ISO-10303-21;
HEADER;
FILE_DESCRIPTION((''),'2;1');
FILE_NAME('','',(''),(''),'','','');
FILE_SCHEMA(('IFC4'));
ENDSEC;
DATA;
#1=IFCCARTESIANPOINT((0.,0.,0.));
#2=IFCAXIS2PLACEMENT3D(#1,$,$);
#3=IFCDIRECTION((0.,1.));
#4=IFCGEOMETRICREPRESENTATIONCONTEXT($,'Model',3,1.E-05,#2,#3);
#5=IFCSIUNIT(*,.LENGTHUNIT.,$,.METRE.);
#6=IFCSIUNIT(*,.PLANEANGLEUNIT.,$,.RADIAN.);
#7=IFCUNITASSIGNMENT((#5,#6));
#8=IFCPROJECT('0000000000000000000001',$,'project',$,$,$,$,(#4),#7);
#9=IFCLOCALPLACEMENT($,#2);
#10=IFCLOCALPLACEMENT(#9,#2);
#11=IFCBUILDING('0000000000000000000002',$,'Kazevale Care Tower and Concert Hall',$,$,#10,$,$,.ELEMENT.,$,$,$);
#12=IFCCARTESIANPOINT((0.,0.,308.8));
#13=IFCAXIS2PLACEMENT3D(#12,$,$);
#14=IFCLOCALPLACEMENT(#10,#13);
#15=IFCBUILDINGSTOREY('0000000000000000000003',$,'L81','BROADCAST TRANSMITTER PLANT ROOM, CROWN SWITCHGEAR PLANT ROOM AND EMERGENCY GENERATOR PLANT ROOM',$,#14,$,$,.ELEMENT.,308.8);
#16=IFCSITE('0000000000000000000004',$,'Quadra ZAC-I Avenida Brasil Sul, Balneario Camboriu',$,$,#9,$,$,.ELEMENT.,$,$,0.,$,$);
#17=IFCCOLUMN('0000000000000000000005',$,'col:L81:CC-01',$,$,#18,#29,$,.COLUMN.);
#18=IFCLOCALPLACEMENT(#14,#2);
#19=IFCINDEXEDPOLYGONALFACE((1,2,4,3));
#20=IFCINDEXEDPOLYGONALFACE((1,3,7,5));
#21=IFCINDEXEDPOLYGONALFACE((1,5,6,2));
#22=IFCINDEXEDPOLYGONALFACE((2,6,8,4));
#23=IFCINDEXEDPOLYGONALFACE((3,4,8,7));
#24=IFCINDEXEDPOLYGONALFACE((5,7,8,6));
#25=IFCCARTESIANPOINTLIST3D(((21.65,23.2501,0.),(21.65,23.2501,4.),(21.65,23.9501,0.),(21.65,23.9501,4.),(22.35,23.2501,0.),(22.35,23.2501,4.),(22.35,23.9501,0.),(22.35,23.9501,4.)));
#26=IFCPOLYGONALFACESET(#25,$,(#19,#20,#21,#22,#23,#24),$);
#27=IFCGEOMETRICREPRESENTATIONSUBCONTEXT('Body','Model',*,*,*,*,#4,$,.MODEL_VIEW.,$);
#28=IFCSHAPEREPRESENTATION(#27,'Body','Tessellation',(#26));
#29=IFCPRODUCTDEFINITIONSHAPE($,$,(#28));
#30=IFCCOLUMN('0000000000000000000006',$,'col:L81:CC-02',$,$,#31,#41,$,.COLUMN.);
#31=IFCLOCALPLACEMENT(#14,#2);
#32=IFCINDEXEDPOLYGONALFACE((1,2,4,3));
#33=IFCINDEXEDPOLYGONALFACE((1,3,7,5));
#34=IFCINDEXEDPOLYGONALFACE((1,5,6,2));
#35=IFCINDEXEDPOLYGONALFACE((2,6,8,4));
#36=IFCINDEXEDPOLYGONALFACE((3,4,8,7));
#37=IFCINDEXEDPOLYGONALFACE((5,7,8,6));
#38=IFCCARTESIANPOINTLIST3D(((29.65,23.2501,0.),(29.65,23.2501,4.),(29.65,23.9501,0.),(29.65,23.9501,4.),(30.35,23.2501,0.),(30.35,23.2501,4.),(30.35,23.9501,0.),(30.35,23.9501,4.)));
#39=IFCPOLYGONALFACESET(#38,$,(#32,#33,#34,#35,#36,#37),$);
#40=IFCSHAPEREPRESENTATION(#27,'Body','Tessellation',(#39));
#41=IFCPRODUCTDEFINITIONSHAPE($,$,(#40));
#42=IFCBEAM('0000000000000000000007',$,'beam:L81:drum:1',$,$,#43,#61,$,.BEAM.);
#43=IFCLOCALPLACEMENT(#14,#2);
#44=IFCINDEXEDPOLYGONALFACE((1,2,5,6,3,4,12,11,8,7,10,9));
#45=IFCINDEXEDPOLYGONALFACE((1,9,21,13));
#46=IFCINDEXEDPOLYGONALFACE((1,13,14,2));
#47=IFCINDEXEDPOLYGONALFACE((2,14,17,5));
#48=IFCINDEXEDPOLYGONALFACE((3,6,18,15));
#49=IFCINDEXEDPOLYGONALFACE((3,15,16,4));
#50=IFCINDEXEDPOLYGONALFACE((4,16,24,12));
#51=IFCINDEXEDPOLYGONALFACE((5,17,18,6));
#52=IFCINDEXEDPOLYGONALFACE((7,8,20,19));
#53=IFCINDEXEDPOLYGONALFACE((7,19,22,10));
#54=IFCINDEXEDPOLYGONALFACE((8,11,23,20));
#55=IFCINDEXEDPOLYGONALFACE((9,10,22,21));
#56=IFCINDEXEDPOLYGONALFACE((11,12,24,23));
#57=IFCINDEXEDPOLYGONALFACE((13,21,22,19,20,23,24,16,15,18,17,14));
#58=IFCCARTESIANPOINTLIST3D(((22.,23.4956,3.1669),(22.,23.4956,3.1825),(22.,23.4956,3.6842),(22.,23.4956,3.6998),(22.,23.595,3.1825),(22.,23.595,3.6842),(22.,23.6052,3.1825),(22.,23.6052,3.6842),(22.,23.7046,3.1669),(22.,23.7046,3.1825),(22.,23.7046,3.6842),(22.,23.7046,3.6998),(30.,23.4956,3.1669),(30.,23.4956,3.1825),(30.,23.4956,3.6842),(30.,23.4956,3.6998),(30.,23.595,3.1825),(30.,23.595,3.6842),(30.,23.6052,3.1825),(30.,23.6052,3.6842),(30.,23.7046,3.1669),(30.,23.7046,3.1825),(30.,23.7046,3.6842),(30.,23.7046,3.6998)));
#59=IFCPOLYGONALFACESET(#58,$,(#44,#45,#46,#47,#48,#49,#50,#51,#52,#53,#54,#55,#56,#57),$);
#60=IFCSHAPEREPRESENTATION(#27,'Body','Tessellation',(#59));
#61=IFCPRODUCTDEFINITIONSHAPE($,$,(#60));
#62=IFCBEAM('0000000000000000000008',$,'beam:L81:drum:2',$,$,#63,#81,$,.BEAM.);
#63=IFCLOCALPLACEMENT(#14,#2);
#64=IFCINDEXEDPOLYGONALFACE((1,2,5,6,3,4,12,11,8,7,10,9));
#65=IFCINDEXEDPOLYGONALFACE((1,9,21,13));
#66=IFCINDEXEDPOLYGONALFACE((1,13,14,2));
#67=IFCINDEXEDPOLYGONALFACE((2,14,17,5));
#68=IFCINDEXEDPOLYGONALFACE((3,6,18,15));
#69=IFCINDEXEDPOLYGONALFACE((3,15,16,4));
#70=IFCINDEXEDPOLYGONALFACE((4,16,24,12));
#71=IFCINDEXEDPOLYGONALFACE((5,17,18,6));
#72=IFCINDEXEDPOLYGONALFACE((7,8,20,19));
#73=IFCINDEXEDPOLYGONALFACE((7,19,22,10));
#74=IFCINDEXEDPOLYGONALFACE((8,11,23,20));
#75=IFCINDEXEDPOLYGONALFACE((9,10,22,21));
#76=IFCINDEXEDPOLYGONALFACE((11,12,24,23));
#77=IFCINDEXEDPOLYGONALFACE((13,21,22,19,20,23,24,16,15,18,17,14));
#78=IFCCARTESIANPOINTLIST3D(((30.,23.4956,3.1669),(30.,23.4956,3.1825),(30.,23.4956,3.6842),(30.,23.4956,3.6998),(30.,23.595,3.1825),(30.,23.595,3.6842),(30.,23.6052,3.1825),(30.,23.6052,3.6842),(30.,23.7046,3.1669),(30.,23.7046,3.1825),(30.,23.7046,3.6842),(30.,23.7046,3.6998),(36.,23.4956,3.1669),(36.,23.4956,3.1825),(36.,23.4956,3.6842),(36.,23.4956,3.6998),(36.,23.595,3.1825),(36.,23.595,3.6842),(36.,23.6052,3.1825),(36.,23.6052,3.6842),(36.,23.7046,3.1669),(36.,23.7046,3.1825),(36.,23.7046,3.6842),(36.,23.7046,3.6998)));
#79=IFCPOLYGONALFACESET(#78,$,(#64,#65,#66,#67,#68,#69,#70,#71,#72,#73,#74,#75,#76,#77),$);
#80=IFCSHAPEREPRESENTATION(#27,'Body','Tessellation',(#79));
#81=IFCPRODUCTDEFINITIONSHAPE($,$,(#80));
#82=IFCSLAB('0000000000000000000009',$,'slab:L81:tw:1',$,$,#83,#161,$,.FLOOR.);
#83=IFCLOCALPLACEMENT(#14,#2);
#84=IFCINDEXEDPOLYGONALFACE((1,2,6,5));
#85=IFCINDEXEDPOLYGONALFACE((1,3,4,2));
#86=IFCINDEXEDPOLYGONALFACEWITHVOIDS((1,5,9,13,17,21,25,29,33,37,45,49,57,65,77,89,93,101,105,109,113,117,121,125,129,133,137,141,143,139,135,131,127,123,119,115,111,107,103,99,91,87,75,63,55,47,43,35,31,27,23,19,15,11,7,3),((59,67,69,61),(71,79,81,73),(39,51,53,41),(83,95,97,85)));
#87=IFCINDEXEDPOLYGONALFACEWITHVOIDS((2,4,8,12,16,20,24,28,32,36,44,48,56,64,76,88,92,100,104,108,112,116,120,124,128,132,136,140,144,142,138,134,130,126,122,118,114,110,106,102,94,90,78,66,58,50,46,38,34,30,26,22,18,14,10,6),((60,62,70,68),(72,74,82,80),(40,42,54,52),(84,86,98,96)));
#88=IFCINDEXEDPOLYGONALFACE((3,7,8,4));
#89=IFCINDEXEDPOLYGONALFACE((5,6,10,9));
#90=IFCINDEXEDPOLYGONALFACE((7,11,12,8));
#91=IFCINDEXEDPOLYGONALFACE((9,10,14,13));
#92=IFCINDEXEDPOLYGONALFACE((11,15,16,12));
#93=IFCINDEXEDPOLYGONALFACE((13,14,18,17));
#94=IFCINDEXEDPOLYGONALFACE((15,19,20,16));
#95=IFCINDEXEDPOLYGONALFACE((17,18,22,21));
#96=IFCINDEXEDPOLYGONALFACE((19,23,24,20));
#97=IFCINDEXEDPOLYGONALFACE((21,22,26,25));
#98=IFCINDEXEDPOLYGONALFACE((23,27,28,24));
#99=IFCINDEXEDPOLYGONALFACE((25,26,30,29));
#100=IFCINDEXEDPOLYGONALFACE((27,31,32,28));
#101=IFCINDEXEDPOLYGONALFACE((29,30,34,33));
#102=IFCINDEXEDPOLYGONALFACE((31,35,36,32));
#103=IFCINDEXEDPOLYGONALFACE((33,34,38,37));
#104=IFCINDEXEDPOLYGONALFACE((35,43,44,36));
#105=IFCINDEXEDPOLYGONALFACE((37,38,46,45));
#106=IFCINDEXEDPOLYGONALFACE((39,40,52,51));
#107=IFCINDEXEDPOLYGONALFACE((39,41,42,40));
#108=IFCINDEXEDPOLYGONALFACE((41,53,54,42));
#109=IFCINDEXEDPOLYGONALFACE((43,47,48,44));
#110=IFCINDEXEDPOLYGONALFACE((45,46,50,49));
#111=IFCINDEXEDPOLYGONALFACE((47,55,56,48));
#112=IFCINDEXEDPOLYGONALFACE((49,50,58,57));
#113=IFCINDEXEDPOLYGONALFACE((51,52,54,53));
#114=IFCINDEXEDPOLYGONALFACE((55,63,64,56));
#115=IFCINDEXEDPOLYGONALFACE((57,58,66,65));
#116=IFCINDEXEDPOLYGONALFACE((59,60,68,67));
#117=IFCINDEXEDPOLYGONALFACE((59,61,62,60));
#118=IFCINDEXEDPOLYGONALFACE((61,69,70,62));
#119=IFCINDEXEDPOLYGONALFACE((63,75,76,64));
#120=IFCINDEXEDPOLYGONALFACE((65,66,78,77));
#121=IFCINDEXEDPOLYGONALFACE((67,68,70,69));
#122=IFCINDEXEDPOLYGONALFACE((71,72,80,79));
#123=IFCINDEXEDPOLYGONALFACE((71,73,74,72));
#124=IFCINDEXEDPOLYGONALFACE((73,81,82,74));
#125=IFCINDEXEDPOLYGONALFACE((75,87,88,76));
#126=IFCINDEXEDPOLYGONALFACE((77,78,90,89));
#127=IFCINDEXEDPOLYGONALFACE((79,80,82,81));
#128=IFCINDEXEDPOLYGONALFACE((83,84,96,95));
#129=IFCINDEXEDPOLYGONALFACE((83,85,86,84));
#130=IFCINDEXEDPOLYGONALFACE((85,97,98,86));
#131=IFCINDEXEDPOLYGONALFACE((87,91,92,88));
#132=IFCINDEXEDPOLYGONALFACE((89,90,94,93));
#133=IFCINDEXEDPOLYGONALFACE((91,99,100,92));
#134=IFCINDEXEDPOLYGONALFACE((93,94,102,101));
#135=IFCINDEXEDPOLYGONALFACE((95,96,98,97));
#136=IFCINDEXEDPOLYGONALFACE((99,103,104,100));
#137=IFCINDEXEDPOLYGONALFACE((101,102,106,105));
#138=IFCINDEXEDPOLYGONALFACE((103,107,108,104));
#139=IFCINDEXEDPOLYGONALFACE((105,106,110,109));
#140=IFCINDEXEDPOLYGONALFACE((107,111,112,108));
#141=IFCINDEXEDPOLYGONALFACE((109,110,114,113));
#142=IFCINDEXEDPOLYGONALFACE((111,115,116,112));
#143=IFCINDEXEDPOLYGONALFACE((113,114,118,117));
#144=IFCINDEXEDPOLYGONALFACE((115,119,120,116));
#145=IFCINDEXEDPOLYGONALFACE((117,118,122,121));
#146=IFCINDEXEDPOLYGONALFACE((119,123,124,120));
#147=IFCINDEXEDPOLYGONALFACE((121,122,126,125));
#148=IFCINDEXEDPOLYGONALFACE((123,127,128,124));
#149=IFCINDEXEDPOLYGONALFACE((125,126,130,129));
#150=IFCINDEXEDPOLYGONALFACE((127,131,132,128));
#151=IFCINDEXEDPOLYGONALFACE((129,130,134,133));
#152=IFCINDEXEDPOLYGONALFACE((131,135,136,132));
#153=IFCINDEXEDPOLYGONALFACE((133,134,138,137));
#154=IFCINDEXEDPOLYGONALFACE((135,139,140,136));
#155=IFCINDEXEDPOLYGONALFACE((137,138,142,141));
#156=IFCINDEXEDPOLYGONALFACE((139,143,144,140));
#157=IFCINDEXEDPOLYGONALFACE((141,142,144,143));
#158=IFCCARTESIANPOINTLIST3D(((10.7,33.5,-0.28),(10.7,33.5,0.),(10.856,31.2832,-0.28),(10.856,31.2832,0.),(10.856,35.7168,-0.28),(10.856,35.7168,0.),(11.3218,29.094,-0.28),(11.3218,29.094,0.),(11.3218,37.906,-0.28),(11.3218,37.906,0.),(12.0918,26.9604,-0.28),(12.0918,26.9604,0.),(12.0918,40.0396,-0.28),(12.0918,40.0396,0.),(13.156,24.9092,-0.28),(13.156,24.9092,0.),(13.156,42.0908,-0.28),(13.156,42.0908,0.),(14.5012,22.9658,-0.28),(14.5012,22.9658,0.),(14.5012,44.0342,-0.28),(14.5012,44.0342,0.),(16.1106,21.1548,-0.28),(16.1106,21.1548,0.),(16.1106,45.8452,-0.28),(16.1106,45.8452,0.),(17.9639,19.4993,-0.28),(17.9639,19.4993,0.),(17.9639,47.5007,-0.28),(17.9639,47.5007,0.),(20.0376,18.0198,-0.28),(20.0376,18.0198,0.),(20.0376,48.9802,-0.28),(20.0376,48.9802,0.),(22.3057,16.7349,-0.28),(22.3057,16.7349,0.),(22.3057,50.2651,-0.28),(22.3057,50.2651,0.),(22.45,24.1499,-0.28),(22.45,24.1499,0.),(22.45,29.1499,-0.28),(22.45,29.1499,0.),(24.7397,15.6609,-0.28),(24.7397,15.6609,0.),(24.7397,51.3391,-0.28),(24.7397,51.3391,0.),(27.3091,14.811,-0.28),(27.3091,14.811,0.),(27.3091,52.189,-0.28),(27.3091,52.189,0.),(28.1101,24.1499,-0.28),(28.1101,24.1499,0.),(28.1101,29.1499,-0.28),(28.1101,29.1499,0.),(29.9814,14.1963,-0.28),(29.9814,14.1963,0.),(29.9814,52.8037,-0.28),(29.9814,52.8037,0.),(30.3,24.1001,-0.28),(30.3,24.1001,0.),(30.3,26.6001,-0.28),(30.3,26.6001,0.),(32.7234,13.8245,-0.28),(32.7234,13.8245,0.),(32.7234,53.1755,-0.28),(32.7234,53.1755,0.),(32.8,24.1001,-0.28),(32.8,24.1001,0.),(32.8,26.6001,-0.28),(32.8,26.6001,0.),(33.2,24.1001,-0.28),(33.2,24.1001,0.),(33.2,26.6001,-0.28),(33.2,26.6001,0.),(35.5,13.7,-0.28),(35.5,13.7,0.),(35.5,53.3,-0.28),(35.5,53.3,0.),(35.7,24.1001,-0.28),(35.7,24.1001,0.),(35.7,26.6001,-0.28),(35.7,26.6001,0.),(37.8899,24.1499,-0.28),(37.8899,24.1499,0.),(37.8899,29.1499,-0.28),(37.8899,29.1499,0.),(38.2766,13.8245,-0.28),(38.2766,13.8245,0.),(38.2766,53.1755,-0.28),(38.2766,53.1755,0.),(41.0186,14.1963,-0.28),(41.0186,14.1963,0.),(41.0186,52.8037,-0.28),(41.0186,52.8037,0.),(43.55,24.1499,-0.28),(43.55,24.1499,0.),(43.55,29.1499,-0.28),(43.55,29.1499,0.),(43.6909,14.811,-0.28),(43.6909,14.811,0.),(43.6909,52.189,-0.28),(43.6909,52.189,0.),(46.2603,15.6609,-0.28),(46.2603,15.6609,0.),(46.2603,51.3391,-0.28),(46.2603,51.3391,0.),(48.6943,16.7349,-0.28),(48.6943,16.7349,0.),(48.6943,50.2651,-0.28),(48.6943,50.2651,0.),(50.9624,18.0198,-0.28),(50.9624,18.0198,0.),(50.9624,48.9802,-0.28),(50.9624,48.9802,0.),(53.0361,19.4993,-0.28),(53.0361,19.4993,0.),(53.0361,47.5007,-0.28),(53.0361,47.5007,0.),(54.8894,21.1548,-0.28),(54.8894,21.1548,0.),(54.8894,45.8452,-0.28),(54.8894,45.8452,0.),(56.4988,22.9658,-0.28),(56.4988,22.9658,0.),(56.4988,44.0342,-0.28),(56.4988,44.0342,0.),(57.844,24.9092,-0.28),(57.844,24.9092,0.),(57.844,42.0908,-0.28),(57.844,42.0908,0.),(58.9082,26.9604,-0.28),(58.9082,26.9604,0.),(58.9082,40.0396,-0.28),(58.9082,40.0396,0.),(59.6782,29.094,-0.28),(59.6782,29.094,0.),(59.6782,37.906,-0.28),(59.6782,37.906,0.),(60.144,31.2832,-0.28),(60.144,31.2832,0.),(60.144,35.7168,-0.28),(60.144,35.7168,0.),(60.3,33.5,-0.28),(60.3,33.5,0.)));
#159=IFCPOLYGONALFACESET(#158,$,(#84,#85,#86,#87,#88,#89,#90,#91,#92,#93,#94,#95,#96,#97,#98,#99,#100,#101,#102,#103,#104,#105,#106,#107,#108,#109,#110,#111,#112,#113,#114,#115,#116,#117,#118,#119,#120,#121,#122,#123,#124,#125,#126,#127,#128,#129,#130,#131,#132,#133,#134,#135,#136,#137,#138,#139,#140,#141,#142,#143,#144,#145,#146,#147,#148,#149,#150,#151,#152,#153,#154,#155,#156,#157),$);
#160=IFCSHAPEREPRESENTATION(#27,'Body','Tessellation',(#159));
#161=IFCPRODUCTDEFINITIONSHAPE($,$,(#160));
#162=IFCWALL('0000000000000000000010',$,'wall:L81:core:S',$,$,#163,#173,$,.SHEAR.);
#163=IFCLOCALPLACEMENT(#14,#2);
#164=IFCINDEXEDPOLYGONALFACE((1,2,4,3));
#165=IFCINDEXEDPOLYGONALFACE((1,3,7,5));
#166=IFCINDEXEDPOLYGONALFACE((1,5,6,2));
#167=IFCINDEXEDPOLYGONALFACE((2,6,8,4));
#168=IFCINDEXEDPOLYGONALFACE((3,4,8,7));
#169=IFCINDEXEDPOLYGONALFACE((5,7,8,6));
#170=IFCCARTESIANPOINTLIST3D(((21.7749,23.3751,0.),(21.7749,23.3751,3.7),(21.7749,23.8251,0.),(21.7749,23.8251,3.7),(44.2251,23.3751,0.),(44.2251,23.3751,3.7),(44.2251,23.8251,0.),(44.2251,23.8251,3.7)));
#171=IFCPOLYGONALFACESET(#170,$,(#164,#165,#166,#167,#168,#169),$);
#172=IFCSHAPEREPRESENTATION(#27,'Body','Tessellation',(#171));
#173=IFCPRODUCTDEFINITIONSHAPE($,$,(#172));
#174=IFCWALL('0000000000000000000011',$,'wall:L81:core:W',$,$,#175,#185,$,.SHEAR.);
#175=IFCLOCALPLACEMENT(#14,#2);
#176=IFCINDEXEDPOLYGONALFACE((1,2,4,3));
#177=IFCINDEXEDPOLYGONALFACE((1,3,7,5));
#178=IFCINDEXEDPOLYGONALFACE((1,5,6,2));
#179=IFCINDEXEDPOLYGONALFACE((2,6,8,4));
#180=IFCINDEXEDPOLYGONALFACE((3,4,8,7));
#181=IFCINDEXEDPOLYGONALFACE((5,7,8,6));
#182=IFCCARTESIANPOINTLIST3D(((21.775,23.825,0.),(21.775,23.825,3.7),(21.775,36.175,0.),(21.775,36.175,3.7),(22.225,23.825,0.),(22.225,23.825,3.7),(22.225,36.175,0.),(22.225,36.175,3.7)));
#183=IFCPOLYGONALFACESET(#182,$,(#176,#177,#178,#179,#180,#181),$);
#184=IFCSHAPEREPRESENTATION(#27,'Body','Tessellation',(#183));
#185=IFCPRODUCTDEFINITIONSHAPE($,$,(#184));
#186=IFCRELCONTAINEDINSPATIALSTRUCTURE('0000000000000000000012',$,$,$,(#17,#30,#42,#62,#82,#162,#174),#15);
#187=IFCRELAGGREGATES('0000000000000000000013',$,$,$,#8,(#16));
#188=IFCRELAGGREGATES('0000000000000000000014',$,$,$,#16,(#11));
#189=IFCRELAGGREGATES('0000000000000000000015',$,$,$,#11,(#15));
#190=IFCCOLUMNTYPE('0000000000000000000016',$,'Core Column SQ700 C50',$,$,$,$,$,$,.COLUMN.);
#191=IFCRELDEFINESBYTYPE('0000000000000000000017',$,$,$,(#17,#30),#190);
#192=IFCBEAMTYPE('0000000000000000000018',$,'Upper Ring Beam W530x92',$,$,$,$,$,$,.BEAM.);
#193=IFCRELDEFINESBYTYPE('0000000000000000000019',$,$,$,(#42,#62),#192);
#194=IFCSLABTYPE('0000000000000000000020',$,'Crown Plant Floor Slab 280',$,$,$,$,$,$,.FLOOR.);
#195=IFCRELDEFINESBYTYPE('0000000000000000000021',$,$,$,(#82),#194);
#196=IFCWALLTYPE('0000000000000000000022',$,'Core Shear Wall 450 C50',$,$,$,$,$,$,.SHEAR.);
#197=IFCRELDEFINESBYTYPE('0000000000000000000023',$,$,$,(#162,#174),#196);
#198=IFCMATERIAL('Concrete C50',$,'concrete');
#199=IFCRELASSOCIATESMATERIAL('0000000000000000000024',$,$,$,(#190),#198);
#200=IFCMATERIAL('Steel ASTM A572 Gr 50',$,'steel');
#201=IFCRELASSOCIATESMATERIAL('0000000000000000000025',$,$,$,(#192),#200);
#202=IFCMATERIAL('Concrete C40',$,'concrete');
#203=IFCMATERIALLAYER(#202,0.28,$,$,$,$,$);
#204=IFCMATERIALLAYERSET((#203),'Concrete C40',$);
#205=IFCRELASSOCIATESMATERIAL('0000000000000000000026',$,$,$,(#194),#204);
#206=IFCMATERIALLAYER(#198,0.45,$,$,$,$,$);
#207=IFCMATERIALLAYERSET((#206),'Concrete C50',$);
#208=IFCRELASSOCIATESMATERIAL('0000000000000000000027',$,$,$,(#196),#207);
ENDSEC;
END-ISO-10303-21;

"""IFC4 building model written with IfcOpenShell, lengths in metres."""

from ifc_helpers import new_model, si_unit, direction, frame, frame_2d, origin, origin_2d, place, context, subcontext, project, spatial, polyline, rectangle, i_section, outline, extrude, material, layer, layer_set, material_profile, profile_set, type_object, element, save


model = new_model("IFC4")

# Units and contexts
model_context = context("Model", 3, precision=1e-05, world=origin(), true_north=direction((0.0, 1.0)))
body_context = subcontext(model_context, "Body", "Model", "MODEL_VIEW")
ifc_project = project(units=[si_unit("LENGTHUNIT", "METRE"), si_unit("PLANEANGLEUNIT", "RADIAN")], contexts=[model_context])

# Site, building, storey
site_placement = place(None, origin())
site = spatial("IfcSite", under=ifc_project, at=site_placement, Name="Quadra ZAC-I Avenida Brasil Sul, Balneario Camboriu", CompositionType="ELEMENT", RefElevation=0.0)
building_placement = place(site_placement, origin())
building = spatial("IfcBuilding", under=site, at=building_placement, Name="Kazevale Care Tower and Concert Hall", CompositionType="ELEMENT")
storey_placement = place(building_placement, frame((0.0, 0.0, 308.8)))
storey = spatial("IfcBuildingStorey", under=building, at=storey_placement, Name="L81", Description="BROADCAST TRANSMITTER PLANT ROOM, CROWN SWITCHGEAR PLANT ROOM AND EMERGENCY GENERATOR PLANT ROOM", CompositionType="ELEMENT", Elevation=308.8)

# Columns
ifc_material_1 = material(Name="Concrete C50", Category="concrete")
ifc_material_profile_1 = material_profile(ifc_material_1, rectangle(XDim=0.7, YDim=0.7, at=origin_2d()), Name="RC-SQ700")
ifc_profile_set_1 = profile_set([ifc_material_profile_1], Name="Concrete C50")
column_type = type_object("IfcColumnType", Name="Core Column SQ700 C50", PredefinedType="COLUMN", material=ifc_profile_set_1)
for number, where, z_axis, x_axis, name in (
    (1, (22.0, 23.6001, 0.0), (0.0, 0.0, 1.0), (1.0, 0.0, 0.0), "col:L81:CC-01"),
    (2, (30.0, 23.6001, 0.0), (0.0, 0.0, 1.0), (1.0, 0.0, 0.0), "col:L81:CC-02"),
):
    element("IfcColumn", number, at=place(storey_placement, frame(where, z_axis=z_axis, x_axis=x_axis)), inside=storey, type_object=column_type, Name=name, PredefinedType="COLUMN", context=body_context, shape_type="SweptSolid", body=[
        extrude(rectangle(XDim=0.7, YDim=0.7, at=origin_2d()), origin(), (0.0, 0.0, 1.0), 4.0),
    ])

# Beams
ifc_material_2 = material(Name="Steel ASTM A572 Gr 50", Category="steel")
ifc_material_profile_2 = material_profile(ifc_material_2, i_section(OverallWidth=0.209, OverallDepth=0.533, WebThickness=0.0103, FlangeThickness=0.0156, at=origin_2d()), Name="W530x92")
ifc_profile_set_2 = profile_set([ifc_material_profile_2], Name="Steel ASTM A572 Gr 50")
beam_type = type_object("IfcBeamType", Name="Upper Ring Beam W530x92", PredefinedType="BEAM", material=ifc_profile_set_2)
beam_1_placement = place(storey_placement, frame((22.0, 23.6001, 3.4333), z_axis=(1.0, 0.0, 0.0), x_axis=(0.0, 1.0, 0.0)))
element("IfcBeam", 3, at=beam_1_placement, inside=storey, type_object=beam_type, Name="beam:L81:drum:1", PredefinedType="BEAM", context=body_context, shape_type="SweptSolid", body=[
    extrude(i_section(OverallWidth=0.209, OverallDepth=0.533, WebThickness=0.0103, FlangeThickness=0.0156, at=origin_2d()), origin(), (0.0, 0.0, 1.0), 8.0),
])
beam_2_placement = place(storey_placement, frame((30.0, 23.6001, 3.4333), z_axis=(1.0, 0.0, 0.0), x_axis=(0.0, 1.0, 0.0)))
element("IfcBeam", 4, at=beam_2_placement, inside=storey, type_object=beam_type, Name="beam:L81:drum:2", PredefinedType="BEAM", context=body_context, shape_type="SweptSolid", body=[
    extrude(i_section(OverallWidth=0.209, OverallDepth=0.533, WebThickness=0.0103, FlangeThickness=0.0156, at=origin_2d()), origin(), (0.0, 0.0, 1.0), 6.0),
])

# Slab
ifc_material_3 = material(Name="Concrete C40", Category="concrete")
ifc_layer_1 = layer(ifc_material_3, 0.28)
ifc_layer_set_1 = layer_set([ifc_layer_1], Name="Concrete C40")
slab_type = type_object("IfcSlabType", Name="Crown Plant Floor Slab 280", PredefinedType="FLOOR", material=ifc_layer_set_1)
slab_placement = place(storey_placement, frame((0.0, 0.0, -0.28)))
element("IfcSlab", 5, at=slab_placement, inside=storey, type_object=slab_type, Name="slab:L81:tw:1", PredefinedType="FLOOR", context=body_context, shape_type="SweptSolid", body=[
    extrude(outline(polyline([(60.3, 33.5), (60.144, 35.7168), (59.6782, 37.906), (58.9082, 40.0396), (57.844, 42.0908), (56.4988, 44.0342), (54.8894, 45.8452), (53.0361, 47.5007), (50.9624, 48.9802), (48.6943, 50.2651), (46.2603, 51.3391), (43.6909, 52.189), (41.0186, 52.8037), (38.2766, 53.1755), (35.5, 53.3), (32.7234, 53.1755), (29.9814, 52.8037), (27.3091, 52.189), (24.7397, 51.3391), (22.3057, 50.2651), (20.0376, 48.9802), (17.9639, 47.5007), (16.1106, 45.8452), (14.5012, 44.0342), (13.156, 42.0908), (12.0918, 40.0396), (11.3218, 37.906), (10.856, 35.7168), (10.7, 33.5), (10.856, 31.2832), (11.3218, 29.094), (12.0918, 26.9604), (13.156, 24.9092), (14.5012, 22.9658), (16.1106, 21.1548), (17.9639, 19.4993), (20.0376, 18.0198), (22.3057, 16.7349), (24.7397, 15.6609), (27.3091, 14.811), (29.9814, 14.1963), (32.7234, 13.8245), (35.5, 13.7), (38.2766, 13.8245), (41.0186, 14.1963), (43.6909, 14.811), (46.2603, 15.6609), (48.6943, 16.7349), (50.9624, 18.0198), (53.0361, 19.4993), (54.8894, 21.1548), (56.4988, 22.9658), (57.844, 24.9092), (58.9082, 26.9604), (59.6782, 29.094), (60.144, 31.2832), (60.3, 33.5)]), holes=[polyline([(22.45, 24.1499), (28.1101, 24.1499), (28.1101, 29.1499), (22.45, 29.1499), (22.45, 24.1499)]), polyline([(37.8899, 24.1499), (43.55, 24.1499), (43.55, 29.1499), (37.8899, 29.1499), (37.8899, 24.1499)]), polyline([(30.3, 24.1001), (32.8, 24.1001), (32.8, 26.6001), (30.3, 26.6001), (30.3, 24.1001)]), polyline([(33.2, 24.1001), (35.7, 24.1001), (35.7, 26.6001), (33.2, 26.6001), (33.2, 24.1001)])]), origin(), (0.0, 0.0, 1.0), 0.28),
])

# Walls
ifc_layer_2 = layer(ifc_material_1, 0.45)
ifc_layer_set_2 = layer_set([ifc_layer_2], Name="Concrete C50")
wall_type_1 = type_object("IfcWallType", Name="Core Shear Wall 450 C50", PredefinedType="SHEAR", material=ifc_layer_set_2)
wall_1_placement = place(storey_placement, frame((21.7749, 23.6001, 0.0), z_axis=(0.0, 0.0, 1.0), x_axis=(1.0, 0.0, 0.0)))
element("IfcWall", 6, at=wall_1_placement, inside=storey, type_object=wall_type_1, Name="wall:L81:core:S", PredefinedType="SHEAR", context=body_context, shape_type="SweptSolid", body=[
    extrude(rectangle(XDim=22.4502, YDim=0.45, at=frame_2d((11.2251, 0.0))), origin(), (0.0, 0.0, 1.0), 3.7),
])
wall_2_placement = place(storey_placement, frame((22.0, 23.825, 0.0), z_axis=(0.0, 0.0, 1.0), x_axis=(0.0, 1.0, 0.0)))
element("IfcWall", 7, at=wall_2_placement, inside=storey, type_object=wall_type_1, Name="wall:L81:core:W", PredefinedType="SHEAR", context=body_context, shape_type="SweptSolid", body=[
    extrude(rectangle(XDim=12.3501, YDim=0.45, at=frame_2d((6.175, 0.0))), origin(), (0.0, 0.0, 1.0), 3.7),
])

save(model, "model.ifc")
